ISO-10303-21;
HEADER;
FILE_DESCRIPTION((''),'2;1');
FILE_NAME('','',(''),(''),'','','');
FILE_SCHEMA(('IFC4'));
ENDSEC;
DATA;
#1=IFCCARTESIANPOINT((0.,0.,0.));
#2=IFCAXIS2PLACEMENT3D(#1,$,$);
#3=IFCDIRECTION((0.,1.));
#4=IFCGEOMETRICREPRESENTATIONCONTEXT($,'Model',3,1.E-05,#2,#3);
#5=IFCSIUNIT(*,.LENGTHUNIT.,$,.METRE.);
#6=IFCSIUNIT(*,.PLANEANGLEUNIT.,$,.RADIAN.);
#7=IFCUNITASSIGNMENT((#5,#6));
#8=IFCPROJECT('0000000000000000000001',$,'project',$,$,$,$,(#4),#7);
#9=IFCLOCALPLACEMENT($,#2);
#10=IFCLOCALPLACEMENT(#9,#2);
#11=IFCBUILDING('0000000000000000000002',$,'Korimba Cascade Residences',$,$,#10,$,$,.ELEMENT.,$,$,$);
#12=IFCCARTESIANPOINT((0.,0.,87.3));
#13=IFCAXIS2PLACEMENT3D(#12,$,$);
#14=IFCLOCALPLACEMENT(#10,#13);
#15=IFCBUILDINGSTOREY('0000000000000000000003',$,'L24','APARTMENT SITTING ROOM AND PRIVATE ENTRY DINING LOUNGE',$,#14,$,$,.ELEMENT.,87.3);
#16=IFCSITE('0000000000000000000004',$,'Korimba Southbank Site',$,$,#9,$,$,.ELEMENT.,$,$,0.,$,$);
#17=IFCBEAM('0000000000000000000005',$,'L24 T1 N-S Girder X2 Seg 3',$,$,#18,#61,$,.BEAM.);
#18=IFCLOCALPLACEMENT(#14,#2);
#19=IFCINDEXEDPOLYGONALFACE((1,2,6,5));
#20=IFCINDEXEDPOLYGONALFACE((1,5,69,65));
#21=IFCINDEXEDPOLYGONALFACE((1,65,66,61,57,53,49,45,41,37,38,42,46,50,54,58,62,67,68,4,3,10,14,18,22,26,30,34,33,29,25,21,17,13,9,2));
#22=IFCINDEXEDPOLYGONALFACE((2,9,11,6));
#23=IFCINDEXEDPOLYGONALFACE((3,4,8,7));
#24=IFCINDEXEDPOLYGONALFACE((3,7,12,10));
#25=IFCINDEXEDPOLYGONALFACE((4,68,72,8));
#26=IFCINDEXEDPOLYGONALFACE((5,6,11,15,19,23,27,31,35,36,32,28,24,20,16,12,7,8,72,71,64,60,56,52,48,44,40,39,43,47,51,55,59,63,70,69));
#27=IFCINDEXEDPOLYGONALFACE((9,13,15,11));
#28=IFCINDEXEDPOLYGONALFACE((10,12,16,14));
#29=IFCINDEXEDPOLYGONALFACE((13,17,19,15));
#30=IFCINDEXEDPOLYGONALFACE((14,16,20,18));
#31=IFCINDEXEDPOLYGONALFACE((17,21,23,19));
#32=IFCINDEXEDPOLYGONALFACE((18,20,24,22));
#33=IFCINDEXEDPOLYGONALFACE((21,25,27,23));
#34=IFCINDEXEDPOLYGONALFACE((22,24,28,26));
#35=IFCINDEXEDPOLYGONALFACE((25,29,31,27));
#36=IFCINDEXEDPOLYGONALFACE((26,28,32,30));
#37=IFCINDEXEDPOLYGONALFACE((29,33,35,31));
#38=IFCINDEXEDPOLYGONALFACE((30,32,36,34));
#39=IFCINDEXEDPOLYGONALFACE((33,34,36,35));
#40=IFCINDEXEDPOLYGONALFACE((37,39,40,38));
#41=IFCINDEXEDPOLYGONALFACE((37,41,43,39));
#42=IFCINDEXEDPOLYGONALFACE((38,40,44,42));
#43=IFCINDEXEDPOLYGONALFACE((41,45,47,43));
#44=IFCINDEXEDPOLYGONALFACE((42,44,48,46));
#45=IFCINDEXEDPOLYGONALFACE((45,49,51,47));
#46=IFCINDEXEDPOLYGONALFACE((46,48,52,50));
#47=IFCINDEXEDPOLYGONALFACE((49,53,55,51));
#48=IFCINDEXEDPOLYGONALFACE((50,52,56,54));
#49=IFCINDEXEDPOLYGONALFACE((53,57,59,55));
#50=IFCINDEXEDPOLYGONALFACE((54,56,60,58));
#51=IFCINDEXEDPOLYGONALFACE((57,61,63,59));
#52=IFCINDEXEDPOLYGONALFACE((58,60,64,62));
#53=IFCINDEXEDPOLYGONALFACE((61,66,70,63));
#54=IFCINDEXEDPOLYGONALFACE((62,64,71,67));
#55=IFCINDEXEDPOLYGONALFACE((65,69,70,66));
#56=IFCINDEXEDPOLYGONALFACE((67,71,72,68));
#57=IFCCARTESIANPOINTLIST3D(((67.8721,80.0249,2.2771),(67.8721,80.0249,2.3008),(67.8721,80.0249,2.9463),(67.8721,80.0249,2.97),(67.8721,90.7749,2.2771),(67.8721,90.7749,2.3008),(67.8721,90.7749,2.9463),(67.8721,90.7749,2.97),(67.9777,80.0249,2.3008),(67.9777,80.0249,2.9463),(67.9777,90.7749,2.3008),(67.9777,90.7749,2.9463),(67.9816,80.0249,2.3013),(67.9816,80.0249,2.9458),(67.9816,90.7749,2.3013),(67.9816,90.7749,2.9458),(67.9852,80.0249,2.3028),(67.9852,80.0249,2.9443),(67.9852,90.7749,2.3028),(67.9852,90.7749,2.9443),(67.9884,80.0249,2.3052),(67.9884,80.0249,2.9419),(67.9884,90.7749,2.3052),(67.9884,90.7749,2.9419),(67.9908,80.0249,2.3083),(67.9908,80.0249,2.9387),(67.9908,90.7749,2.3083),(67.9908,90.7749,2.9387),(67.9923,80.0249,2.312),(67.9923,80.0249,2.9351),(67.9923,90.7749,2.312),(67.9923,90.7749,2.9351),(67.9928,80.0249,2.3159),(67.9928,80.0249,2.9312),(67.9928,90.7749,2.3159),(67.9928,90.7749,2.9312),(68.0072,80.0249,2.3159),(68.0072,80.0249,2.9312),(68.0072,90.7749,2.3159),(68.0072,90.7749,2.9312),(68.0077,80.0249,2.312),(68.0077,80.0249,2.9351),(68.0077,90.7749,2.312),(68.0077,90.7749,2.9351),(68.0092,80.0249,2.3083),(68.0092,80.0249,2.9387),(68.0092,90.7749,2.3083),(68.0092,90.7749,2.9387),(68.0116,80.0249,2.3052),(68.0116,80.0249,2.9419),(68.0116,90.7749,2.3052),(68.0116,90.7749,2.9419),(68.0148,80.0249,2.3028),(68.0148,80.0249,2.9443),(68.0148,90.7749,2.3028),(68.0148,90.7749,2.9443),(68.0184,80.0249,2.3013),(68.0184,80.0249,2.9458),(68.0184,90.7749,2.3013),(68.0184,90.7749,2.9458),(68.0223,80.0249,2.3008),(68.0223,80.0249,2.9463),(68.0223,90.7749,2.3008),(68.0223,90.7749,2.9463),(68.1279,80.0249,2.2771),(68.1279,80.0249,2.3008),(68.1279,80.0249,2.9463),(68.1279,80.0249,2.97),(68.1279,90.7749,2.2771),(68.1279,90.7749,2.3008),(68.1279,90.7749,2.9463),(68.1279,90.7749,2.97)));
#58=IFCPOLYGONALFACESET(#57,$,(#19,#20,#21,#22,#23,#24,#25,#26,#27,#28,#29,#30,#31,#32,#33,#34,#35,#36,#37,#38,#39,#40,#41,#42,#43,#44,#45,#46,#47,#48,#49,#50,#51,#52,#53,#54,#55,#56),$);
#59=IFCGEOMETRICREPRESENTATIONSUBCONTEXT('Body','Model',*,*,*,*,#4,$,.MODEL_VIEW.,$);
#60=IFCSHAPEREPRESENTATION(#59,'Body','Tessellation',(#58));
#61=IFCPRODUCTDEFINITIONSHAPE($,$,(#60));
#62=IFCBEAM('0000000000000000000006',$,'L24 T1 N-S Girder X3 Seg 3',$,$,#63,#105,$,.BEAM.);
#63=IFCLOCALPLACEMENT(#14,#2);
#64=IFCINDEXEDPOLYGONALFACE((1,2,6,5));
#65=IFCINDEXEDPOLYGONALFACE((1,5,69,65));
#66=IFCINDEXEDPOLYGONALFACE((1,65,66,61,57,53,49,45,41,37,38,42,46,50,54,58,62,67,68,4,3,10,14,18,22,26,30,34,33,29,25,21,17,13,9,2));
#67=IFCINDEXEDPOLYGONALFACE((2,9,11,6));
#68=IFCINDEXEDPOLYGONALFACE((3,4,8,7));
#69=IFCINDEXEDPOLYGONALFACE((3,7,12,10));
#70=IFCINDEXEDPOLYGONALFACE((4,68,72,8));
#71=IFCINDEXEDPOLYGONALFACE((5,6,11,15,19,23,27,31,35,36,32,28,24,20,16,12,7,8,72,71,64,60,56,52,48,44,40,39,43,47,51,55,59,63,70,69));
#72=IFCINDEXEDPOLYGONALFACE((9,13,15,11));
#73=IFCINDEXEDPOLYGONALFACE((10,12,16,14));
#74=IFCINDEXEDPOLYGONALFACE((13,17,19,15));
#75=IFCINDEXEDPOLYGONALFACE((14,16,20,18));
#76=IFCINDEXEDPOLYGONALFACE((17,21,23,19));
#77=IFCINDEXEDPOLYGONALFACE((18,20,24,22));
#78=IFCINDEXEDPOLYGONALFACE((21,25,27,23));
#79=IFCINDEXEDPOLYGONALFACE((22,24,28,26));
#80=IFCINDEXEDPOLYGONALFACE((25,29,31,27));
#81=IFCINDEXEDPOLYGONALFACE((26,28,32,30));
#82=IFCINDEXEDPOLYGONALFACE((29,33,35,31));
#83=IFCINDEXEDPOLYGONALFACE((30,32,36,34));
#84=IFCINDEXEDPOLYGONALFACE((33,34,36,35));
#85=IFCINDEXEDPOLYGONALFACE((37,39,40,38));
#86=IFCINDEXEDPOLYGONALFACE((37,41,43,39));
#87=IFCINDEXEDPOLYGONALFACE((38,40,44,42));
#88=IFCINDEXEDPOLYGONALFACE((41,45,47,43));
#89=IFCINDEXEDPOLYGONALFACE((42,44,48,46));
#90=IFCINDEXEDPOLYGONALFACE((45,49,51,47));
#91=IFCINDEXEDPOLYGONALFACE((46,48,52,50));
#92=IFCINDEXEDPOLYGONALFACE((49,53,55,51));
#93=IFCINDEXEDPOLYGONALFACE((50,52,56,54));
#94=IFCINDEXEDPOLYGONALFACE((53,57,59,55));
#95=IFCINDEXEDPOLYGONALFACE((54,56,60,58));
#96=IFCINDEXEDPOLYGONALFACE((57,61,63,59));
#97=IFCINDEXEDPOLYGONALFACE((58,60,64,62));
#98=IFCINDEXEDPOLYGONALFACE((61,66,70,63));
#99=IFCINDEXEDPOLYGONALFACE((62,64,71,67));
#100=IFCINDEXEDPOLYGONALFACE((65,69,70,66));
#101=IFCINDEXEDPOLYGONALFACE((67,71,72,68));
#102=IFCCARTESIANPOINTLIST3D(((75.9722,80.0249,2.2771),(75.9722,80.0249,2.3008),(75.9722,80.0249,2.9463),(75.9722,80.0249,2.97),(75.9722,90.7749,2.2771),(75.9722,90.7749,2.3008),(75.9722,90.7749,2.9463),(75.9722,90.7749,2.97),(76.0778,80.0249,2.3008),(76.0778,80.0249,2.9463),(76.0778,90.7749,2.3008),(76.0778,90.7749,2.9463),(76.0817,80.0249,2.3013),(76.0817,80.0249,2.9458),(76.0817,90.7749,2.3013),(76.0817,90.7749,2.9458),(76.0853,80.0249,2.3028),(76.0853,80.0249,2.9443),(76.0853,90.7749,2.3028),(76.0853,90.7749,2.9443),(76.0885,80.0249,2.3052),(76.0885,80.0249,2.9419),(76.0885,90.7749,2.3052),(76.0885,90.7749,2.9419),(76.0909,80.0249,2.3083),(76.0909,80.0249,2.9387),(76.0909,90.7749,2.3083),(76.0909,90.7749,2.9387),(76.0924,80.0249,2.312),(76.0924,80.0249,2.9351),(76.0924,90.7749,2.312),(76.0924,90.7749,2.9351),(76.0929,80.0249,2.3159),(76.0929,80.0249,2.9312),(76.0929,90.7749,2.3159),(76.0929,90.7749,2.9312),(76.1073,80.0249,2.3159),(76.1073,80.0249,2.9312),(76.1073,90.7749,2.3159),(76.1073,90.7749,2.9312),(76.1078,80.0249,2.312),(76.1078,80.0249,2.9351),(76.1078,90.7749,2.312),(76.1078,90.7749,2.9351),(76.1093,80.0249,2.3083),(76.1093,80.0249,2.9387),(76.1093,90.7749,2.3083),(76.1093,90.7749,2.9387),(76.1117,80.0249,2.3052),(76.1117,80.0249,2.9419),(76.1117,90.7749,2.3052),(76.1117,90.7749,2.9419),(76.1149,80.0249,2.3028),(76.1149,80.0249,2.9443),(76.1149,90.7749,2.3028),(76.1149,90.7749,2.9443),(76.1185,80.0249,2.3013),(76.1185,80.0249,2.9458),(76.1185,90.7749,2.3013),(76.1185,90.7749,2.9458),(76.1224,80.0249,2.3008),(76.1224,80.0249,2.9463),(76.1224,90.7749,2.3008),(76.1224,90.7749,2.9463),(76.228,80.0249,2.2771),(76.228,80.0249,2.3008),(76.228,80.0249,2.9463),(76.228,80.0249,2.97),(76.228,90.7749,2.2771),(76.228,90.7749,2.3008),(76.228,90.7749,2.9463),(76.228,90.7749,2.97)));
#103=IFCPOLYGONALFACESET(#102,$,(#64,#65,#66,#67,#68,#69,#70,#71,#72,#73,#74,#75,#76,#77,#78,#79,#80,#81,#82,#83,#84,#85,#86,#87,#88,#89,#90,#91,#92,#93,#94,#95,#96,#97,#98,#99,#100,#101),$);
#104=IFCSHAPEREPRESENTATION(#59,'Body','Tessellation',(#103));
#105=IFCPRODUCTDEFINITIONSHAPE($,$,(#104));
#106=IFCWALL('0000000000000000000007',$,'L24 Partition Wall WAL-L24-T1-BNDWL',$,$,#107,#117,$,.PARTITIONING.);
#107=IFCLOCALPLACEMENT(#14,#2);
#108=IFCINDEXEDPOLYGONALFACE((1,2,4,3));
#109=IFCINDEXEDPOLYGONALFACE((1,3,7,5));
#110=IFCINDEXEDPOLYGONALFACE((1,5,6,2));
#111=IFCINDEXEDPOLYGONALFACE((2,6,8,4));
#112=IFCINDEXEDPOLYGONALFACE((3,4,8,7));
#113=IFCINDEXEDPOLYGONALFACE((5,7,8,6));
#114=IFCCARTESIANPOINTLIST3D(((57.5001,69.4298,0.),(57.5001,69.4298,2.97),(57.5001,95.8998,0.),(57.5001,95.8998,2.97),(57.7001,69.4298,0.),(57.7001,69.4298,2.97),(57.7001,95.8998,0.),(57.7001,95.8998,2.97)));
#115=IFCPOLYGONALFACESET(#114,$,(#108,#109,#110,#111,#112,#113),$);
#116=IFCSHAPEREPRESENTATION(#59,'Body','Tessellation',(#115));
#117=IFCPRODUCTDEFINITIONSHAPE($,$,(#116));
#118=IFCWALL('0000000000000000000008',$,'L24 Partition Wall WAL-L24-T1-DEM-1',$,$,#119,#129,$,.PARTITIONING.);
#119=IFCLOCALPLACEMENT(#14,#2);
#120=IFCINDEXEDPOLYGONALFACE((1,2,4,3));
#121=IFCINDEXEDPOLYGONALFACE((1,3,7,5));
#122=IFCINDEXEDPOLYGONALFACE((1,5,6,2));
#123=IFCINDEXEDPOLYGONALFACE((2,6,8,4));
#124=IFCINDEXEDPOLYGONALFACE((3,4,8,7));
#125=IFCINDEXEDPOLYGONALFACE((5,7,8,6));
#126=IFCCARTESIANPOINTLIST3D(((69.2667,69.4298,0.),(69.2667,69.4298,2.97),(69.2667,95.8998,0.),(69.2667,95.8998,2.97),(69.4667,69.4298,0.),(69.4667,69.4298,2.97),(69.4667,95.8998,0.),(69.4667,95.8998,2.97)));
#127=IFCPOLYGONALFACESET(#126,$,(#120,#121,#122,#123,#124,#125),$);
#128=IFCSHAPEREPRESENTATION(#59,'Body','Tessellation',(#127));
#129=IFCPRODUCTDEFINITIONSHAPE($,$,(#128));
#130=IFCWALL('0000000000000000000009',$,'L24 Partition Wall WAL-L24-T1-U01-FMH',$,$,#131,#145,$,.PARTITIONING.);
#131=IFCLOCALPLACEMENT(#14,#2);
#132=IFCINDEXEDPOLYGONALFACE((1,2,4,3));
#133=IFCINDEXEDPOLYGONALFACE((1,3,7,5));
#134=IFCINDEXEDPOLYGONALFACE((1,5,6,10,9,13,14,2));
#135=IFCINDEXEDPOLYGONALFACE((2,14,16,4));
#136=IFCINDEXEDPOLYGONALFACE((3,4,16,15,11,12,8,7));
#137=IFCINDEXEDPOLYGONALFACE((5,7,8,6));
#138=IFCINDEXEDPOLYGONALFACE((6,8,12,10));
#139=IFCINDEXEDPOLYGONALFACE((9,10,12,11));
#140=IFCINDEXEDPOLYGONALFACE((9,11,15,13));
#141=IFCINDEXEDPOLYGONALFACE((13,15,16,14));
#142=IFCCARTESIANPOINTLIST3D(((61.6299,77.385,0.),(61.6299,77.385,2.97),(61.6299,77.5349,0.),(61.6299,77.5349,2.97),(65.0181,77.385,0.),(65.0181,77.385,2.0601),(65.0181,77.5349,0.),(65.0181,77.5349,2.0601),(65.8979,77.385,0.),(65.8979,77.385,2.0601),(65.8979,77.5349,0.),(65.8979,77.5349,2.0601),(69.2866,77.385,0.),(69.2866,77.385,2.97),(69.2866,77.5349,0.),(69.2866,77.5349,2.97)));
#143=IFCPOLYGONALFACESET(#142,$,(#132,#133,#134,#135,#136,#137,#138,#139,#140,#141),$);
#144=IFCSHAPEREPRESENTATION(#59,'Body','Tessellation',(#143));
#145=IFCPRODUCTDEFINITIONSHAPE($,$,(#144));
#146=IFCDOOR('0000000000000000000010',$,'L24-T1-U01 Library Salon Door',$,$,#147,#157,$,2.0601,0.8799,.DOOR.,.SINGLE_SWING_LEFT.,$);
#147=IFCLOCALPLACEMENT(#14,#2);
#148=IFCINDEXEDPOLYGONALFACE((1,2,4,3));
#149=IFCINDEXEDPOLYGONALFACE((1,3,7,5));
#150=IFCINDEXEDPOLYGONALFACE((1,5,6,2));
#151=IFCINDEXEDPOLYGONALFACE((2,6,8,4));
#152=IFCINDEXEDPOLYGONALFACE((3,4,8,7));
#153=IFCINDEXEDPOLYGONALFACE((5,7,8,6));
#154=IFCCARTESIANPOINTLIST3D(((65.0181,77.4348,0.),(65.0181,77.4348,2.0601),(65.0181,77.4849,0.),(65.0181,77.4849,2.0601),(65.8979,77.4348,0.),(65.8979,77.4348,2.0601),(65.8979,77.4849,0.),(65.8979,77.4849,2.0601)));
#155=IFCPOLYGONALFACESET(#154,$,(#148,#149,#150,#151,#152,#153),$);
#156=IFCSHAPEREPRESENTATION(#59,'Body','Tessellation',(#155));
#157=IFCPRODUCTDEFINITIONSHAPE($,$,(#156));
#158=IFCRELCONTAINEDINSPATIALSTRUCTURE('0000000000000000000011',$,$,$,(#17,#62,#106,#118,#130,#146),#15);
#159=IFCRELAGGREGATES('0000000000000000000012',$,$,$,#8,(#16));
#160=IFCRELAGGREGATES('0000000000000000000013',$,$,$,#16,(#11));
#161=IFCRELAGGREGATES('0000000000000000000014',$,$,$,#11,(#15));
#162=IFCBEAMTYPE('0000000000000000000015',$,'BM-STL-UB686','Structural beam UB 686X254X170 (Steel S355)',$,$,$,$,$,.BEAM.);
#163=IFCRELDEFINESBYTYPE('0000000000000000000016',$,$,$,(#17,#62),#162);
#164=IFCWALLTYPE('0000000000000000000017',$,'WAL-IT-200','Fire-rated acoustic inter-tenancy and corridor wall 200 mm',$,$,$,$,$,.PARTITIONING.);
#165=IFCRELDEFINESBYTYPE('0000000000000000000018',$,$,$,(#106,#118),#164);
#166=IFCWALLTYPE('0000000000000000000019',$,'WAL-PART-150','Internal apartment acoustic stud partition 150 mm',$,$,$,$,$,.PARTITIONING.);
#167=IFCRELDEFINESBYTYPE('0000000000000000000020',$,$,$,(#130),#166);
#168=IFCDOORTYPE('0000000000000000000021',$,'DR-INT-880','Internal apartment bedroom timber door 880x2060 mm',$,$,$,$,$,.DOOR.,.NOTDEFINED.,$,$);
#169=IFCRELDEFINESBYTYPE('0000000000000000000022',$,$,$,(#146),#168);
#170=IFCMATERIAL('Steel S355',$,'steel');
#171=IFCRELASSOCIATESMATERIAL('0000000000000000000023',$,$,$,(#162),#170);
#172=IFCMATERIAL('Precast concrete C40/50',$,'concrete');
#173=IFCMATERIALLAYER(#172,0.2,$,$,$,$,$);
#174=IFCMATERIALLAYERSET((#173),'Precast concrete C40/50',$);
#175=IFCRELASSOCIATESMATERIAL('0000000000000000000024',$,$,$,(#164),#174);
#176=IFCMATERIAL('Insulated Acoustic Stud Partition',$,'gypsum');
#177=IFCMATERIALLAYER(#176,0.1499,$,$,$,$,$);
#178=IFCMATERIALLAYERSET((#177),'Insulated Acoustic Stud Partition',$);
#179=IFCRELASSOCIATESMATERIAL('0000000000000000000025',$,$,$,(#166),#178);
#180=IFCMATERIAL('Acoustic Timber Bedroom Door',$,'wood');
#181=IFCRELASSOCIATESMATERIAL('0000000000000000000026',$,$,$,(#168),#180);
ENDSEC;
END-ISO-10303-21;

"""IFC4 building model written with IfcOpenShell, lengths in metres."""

from ifc_helpers import new_model, si_unit, direction, frame, frame_2d, origin, origin_2d, place, context, subcontext, project, spatial, rectangle, i_section, extrude, material, layer, layer_set, material_profile, profile_set, type_object, element, fill, save


model = new_model("IFC4")

# Units and contexts
model_context = context("Model", 3, precision=1e-05, world=origin(), true_north=direction((0.0, 1.0)))
body_context = subcontext(model_context, "Body", "Model", "MODEL_VIEW")
ifc_project = project(units=[si_unit("LENGTHUNIT", "METRE"), si_unit("PLANEANGLEUNIT", "RADIAN")], contexts=[model_context])

# Site, building, storey
site_placement = place(None, origin())
site = spatial("IfcSite", under=ifc_project, at=site_placement, Name="Korimba Southbank Site", CompositionType="ELEMENT", RefElevation=0.0)
building_placement = place(site_placement, origin())
building = spatial("IfcBuilding", under=site, at=building_placement, Name="Korimba Cascade Residences", CompositionType="ELEMENT")
storey_placement = place(building_placement, frame((0.0, 0.0, 87.3)))
storey = spatial("IfcBuildingStorey", under=building, at=storey_placement, Name="L24", Description="APARTMENT SITTING ROOM AND PRIVATE ENTRY DINING LOUNGE", CompositionType="ELEMENT", Elevation=87.3)

# Beams
ifc_material_1 = material(Name="Steel S355", Category="steel")
ifc_material_profile_1 = material_profile(ifc_material_1, i_section(OverallWidth=0.2559, OverallDepth=0.6929, WebThickness=0.0144, FlangeThickness=0.0237, FilletRadius=0.0151, at=origin_2d()), Name="Steel S355")
ifc_profile_set_1 = profile_set([ifc_material_profile_1], Name="Steel S355")
beam_type_1 = type_object("IfcBeamType", Name="BM-STL-UB686", Description="Structural beam UB 686X254X170 (Steel S355)", PredefinedType="BEAM", material=ifc_profile_set_1)
for number, where, z_axis, x_axis, name in (
    (1, (68.0, 80.0249, 2.6235), (0.0, 1.0, 0.0), (-1.0, 0.0, 0.0), "L24 T1 N-S Girder X2 Seg 3"),
    (2, (76.1001, 80.0249, 2.6235), (0.0, 1.0, 0.0), (-1.0, 0.0, 0.0), "L24 T1 N-S Girder X3 Seg 3"),
):
    element("IfcBeam", number, at=place(storey_placement, frame(where, z_axis=z_axis, x_axis=x_axis)), inside=storey, type_object=beam_type_1, Name=name, PredefinedType="BEAM", context=body_context, shape_type="SweptSolid", body=[
        extrude(i_section(OverallWidth=0.2559, OverallDepth=0.6929, WebThickness=0.0144, FlangeThickness=0.0237, FilletRadius=0.0151, at=origin_2d()), origin(), (0.0, 0.0, 1.0), 10.75),
    ])

# Walls
ifc_material_2 = material(Name="Precast concrete C40/50", Category="concrete")
ifc_layer_1 = layer(ifc_material_2, 0.2)
ifc_layer_set_1 = layer_set([ifc_layer_1], Name="Precast concrete C40/50")
wall_type_1 = type_object("IfcWallType", Name="WAL-IT-200", Description="Fire-rated acoustic inter-tenancy and corridor wall 200 mm", PredefinedType="PARTITIONING", material=ifc_layer_set_1)
for number, where, z_axis, x_axis, name in (
    (3, (57.6001, 69.4299, 0.0), (0.0, 0.0, 1.0), (0.0, 1.0, 0.0), "L24 Partition Wall WAL-L24-T1-BNDWL"),
    (4, (69.3667, 69.4299, 0.0), (0.0, 0.0, 1.0), (0.0, 1.0, 0.0), "L24 Partition Wall WAL-L24-T1-DEM-1"),
):
    element("IfcWall", number, at=place(storey_placement, frame(where, z_axis=z_axis, x_axis=x_axis)), inside=storey, type_object=wall_type_1, Name=name, PredefinedType="PARTITIONING", context=body_context, shape_type="SweptSolid", body=[
        extrude(rectangle(XDim=26.47, YDim=0.2, at=frame_2d((13.2349, 0.0))), origin(), (0.0, 0.0, 1.0), 2.97),
    ])

# Wall, opening, door
ifc_material_3 = material(Name="Insulated Acoustic Stud Partition", Category="gypsum")
ifc_layer_2 = layer(ifc_material_3, 0.1499)
ifc_layer_set_2 = layer_set([ifc_layer_2], Name="Insulated Acoustic Stud Partition")
wall_type_2 = type_object("IfcWallType", Name="WAL-PART-150", Description="Internal apartment acoustic stud partition 150 mm", PredefinedType="PARTITIONING", material=ifc_layer_set_2)
wall_1_placement = place(storey_placement, frame((61.6299, 77.46, 0.0), z_axis=(0.0, 0.0, 1.0), x_axis=(1.0, 0.0, 0.0)))
wall_1 = element("IfcWall", 5, at=wall_1_placement, inside=storey, type_object=wall_type_2, Name="L24 Partition Wall WAL-L24-T1-U01-FMH", PredefinedType="PARTITIONING", context=body_context, shape_type="SweptSolid", body=[
    extrude(rectangle(XDim=7.6567, YDim=0.1499, at=frame_2d((3.8284, 0.0))), origin(), (0.0, 0.0, 1.0), 2.97),
])
opening_1_placement = place(wall_1_placement, frame((3.3882, 0.0, 0.0)))
opening_1 = element("IfcOpeningElement", 6, at=opening_1_placement, cuts=wall_1, PredefinedType="OPENING", context=body_context, shape_type="SweptSolid", body=[
    extrude(rectangle(XDim=0.8799, YDim=2.0601, at=frame_2d((0.4399, 1.03))), frame((0.0, 0.085, 0.0), z_axis=(0.0, -1.0, 0.0), x_axis=(1.0, 0.0, 0.0)), (0.0, 0.0, 1.0), 0.1699),
])
ifc_material_4 = material(Name="Acoustic Timber Bedroom Door", Category="wood")
door_type_1 = type_object("IfcDoorType", Name="DR-INT-880", Description="Internal apartment bedroom timber door 880x2060 mm", OperationType="NOTDEFINED", PredefinedType="DOOR", material=ifc_material_4)
door_1_placement = place(opening_1_placement, origin())
door_1 = element("IfcDoor", 7, at=door_1_placement, inside=storey, type_object=door_type_1, Name="L24-T1-U01 Library Salon Door", OperationType="SINGLE_SWING_LEFT", OverallHeight=2.0601, OverallWidth=0.8799, PredefinedType="DOOR", context=body_context, shape_type="SweptSolid", body=[
    extrude(rectangle(XDim=0.8799, YDim=2.0601, at=frame_2d((0.4399, 1.03))), frame((0.0, 0.0249, 0.0), z_axis=(0.0, -1.0, 0.0), x_axis=(1.0, 0.0, 0.0)), (0.0, 0.0, 1.0), 0.05),
])
fill(opening_1, door_1)

save(model, "model.ifc")
